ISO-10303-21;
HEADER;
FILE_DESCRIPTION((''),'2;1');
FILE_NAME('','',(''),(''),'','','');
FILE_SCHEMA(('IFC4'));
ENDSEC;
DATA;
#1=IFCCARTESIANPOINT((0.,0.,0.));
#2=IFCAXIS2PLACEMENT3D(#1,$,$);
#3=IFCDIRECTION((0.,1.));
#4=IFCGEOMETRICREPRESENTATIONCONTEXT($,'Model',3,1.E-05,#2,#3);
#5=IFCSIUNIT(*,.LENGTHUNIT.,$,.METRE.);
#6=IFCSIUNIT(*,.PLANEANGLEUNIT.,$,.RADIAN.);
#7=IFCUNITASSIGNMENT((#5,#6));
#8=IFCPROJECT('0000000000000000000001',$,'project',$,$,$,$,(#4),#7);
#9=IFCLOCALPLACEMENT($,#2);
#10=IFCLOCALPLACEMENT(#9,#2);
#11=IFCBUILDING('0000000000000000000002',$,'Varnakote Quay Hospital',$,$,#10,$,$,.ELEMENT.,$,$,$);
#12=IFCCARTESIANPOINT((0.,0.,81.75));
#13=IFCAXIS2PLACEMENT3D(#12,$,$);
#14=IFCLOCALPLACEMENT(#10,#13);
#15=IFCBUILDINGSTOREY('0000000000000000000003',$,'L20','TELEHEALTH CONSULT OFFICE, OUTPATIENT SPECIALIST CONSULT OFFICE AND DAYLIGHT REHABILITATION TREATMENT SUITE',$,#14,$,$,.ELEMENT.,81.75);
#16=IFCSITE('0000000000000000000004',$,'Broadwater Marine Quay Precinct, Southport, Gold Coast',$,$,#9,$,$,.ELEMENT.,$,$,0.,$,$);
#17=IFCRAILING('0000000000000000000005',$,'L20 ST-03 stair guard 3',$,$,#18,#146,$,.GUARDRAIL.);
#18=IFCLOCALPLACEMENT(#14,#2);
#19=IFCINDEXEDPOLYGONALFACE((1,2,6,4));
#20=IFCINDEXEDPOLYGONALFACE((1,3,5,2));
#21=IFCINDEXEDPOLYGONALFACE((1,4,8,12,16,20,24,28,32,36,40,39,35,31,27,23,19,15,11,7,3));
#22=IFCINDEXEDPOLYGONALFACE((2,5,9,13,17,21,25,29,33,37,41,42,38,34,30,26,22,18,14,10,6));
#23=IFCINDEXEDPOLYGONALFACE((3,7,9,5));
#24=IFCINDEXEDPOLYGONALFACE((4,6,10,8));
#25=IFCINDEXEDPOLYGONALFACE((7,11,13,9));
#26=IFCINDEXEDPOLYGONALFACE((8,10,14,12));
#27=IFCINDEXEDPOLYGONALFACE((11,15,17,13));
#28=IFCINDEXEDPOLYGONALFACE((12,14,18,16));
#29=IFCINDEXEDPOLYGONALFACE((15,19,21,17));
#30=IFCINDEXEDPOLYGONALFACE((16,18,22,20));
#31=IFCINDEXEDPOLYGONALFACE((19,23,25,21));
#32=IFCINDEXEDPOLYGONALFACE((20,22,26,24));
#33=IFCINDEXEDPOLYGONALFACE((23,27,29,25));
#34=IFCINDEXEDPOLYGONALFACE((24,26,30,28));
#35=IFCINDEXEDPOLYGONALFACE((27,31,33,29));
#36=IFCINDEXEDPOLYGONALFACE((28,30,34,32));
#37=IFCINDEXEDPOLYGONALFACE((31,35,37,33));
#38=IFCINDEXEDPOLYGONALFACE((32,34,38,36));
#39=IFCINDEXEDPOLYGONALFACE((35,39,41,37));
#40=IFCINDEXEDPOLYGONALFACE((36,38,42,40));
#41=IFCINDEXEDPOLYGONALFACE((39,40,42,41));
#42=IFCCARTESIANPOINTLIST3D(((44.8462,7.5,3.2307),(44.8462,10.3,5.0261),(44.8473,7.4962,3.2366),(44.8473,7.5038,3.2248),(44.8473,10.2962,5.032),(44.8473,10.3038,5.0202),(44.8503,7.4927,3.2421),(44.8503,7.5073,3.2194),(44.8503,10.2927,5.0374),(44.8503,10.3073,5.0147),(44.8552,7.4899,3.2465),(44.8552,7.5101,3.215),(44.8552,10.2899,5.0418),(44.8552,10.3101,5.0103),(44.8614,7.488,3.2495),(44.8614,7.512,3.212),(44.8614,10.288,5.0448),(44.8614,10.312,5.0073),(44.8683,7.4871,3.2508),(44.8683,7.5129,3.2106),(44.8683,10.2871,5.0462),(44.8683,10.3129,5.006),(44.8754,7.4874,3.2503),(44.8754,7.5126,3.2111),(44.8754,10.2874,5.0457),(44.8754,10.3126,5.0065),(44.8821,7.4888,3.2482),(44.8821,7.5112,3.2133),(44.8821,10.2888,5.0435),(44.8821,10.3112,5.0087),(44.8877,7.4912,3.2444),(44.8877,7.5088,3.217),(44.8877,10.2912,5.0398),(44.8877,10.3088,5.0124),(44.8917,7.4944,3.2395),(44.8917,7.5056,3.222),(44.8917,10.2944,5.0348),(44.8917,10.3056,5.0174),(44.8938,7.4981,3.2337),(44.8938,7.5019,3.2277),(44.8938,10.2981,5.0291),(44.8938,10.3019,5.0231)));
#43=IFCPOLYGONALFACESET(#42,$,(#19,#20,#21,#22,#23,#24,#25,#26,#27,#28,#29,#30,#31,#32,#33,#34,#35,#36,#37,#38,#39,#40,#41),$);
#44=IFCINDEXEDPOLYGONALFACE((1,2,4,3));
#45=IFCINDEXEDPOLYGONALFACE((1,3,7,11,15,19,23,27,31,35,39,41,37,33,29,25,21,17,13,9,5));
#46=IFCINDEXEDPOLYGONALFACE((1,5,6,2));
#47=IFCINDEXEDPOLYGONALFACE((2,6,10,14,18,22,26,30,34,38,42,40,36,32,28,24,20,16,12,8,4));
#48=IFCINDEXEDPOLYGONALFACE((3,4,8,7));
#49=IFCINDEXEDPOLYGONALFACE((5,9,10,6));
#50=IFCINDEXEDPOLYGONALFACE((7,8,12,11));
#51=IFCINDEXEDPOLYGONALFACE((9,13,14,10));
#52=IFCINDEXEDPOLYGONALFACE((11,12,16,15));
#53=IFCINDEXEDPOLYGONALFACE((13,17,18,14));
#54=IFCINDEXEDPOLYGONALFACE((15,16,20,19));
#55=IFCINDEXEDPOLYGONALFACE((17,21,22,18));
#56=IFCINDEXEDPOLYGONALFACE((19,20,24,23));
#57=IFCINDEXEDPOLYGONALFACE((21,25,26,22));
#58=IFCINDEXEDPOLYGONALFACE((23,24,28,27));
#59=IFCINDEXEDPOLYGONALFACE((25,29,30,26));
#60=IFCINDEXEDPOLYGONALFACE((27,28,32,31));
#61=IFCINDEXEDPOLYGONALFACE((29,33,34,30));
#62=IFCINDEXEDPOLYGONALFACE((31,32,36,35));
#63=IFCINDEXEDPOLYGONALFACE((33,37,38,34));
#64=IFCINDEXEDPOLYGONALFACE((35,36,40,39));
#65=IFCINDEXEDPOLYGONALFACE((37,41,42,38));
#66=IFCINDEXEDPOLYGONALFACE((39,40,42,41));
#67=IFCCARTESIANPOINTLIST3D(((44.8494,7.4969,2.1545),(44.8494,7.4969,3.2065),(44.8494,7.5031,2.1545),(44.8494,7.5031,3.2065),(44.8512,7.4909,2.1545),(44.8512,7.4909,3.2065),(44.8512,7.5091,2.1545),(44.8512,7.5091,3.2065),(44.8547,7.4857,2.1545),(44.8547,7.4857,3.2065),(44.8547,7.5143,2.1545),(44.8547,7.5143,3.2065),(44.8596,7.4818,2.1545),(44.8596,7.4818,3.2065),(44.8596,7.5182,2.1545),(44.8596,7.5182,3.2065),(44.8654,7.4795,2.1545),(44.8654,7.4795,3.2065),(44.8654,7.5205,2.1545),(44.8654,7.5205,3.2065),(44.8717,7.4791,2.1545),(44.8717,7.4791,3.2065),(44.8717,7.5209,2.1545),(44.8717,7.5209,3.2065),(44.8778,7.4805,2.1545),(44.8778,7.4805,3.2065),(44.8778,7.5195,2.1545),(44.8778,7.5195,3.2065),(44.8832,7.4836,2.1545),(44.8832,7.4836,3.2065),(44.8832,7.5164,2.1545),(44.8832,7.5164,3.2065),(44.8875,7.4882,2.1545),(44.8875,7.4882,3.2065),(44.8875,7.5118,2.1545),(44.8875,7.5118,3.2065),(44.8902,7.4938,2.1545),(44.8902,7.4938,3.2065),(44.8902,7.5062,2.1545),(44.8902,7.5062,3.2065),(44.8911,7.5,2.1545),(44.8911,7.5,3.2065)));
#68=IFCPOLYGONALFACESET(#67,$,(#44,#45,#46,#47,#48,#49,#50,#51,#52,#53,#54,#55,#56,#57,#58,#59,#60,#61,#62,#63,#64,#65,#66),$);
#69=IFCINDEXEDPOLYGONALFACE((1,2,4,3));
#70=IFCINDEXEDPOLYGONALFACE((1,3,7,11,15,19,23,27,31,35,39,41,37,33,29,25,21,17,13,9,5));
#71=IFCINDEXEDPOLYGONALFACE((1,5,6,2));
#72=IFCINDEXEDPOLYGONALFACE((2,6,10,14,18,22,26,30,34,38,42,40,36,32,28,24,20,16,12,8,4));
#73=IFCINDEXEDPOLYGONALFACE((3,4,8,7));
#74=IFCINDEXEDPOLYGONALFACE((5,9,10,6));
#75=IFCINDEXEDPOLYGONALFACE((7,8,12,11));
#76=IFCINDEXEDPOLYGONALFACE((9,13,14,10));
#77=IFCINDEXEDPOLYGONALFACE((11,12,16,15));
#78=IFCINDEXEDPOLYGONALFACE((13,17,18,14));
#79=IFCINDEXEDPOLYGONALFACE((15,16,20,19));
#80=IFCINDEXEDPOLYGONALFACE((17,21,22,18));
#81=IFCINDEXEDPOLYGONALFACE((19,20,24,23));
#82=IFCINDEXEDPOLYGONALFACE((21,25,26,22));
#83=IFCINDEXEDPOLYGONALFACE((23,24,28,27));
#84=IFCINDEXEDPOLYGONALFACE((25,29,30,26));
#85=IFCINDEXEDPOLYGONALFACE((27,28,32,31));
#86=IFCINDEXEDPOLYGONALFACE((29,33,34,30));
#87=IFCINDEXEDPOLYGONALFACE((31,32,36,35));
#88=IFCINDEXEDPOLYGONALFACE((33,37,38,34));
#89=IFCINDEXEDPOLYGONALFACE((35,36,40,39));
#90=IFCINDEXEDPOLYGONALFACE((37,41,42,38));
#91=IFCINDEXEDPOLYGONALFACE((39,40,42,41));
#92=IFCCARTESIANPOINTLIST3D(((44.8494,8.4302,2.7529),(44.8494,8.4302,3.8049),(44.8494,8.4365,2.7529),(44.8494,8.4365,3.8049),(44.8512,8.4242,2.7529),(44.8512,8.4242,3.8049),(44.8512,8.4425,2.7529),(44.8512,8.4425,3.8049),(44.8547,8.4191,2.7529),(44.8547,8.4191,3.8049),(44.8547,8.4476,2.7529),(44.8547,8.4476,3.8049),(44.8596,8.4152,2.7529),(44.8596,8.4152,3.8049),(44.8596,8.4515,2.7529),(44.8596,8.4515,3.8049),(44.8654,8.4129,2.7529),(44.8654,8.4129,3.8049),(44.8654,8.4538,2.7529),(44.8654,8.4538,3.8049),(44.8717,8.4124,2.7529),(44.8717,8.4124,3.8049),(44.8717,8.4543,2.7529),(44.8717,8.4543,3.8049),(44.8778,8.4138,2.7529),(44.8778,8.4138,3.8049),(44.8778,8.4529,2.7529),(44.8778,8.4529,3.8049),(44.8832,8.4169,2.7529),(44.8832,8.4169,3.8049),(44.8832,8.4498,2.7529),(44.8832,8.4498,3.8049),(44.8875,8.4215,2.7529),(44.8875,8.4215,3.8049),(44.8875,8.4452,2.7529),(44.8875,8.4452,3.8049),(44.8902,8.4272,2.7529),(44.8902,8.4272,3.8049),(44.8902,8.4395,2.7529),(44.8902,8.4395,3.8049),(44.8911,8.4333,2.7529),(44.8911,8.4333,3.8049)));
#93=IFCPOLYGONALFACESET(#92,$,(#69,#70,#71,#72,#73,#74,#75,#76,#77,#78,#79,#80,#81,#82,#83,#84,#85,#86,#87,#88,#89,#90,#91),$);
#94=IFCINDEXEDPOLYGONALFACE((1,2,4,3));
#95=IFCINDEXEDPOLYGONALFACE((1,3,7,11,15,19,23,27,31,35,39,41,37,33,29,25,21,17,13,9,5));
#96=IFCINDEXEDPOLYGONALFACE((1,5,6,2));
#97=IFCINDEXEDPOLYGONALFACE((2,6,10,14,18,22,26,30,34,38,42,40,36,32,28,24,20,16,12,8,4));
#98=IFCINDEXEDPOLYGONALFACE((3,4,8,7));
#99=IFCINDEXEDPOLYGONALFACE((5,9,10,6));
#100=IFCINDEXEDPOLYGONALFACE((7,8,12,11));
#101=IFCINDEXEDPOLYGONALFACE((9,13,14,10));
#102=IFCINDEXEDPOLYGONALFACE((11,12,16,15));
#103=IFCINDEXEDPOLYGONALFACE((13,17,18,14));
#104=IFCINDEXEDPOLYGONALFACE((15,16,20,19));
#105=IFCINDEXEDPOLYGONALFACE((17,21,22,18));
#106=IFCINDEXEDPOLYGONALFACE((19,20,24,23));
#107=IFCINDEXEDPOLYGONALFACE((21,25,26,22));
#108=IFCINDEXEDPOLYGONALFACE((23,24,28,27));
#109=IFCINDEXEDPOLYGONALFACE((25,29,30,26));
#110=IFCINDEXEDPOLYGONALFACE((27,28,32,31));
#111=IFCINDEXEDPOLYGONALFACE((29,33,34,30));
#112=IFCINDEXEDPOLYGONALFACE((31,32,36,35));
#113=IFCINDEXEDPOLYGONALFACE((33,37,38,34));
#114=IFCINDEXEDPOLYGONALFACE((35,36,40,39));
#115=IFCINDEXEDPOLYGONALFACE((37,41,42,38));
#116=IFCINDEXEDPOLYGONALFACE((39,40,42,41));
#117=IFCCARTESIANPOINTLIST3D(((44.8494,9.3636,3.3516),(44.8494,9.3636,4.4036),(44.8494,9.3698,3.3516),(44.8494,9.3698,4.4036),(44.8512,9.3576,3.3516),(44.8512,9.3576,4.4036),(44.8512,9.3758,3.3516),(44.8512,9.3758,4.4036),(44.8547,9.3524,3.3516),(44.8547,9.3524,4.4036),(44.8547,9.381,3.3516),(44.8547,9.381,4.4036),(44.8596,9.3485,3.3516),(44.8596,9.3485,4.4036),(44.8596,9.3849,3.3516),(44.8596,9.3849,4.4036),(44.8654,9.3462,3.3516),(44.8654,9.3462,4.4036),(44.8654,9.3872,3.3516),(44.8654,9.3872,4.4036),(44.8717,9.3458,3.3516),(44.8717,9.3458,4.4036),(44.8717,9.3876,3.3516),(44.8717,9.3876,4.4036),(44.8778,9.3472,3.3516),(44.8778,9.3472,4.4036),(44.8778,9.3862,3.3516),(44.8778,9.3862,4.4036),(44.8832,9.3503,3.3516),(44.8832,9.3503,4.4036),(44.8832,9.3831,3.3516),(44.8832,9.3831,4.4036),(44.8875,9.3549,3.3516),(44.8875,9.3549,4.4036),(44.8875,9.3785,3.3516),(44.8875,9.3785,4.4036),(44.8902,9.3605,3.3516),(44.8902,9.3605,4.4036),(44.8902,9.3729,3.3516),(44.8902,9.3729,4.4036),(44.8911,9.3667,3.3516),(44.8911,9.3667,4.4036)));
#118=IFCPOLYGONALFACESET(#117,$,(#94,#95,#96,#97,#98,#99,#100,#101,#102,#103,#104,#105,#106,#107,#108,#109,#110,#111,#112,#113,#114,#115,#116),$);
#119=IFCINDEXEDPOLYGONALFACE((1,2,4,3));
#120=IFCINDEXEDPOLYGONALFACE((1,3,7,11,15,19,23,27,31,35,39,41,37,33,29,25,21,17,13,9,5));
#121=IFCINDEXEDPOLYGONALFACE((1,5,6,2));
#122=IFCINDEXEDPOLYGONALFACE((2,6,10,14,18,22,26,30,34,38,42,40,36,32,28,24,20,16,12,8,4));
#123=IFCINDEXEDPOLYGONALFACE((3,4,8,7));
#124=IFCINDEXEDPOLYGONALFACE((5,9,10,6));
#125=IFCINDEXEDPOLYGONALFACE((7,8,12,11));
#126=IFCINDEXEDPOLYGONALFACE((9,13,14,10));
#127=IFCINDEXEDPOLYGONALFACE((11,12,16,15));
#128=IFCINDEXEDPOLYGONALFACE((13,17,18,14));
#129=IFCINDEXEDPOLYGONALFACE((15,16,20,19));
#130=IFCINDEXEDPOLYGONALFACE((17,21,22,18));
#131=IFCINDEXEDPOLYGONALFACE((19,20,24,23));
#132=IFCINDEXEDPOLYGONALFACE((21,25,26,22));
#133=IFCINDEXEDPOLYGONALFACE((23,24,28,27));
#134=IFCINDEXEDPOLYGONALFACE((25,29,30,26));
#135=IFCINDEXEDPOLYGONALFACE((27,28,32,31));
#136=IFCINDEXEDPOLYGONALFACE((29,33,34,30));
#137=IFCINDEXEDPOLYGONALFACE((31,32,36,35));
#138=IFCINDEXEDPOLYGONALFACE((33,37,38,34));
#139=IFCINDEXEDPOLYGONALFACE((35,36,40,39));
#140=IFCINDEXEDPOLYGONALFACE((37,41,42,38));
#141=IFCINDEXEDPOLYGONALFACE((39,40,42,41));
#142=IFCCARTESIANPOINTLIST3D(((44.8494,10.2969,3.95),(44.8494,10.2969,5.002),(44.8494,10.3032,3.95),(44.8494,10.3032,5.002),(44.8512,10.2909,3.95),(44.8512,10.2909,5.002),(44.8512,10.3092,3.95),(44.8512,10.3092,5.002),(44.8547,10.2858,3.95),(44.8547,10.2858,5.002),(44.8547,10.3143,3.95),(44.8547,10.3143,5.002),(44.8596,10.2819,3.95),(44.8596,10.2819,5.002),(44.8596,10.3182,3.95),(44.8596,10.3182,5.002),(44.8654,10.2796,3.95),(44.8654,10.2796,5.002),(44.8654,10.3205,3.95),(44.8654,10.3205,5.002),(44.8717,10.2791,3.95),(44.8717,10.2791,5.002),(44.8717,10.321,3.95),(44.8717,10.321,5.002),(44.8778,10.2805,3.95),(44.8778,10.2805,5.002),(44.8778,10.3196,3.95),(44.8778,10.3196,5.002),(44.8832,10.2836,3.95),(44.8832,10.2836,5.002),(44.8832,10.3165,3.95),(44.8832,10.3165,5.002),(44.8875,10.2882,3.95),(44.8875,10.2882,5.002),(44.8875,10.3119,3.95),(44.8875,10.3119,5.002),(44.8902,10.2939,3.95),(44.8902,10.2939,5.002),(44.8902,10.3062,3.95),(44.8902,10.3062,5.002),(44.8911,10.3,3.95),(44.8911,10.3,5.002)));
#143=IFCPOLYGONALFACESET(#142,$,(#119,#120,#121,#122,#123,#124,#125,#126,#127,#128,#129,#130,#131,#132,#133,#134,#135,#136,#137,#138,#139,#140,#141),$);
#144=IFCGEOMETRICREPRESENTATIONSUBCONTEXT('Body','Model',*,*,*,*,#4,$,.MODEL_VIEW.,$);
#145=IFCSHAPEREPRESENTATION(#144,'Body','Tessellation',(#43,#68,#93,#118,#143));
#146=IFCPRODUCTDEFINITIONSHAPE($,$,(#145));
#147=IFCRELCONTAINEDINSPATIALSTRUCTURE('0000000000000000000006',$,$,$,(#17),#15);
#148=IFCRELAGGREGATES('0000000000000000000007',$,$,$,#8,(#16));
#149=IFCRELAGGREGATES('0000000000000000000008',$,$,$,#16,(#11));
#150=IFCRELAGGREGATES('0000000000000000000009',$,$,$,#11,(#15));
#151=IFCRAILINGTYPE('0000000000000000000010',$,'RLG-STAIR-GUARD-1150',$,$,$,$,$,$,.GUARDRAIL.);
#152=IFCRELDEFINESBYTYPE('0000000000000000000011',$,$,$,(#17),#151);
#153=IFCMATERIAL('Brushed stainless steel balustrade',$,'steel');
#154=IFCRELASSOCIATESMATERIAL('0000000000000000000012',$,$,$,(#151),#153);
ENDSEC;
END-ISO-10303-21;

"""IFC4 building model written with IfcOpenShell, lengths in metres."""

from ifc_helpers import new_model, si_unit, direction, frame, origin, origin_2d, place, context, subcontext, project, spatial, circle, extrude, material, type_object, element, save


model = new_model("IFC4")

# Units and contexts
model_context = context("Model", 3, precision=1e-05, world=origin(), true_north=direction((0.0, 1.0)))
body_context = subcontext(model_context, "Body", "Model", "MODEL_VIEW")
ifc_project = project(units=[si_unit("LENGTHUNIT", "METRE"), si_unit("PLANEANGLEUNIT", "RADIAN")], contexts=[model_context])

# Site, building, storey
site_placement = place(None, origin())
site = spatial("IfcSite", under=ifc_project, at=site_placement, Name="Broadwater Marine Quay Precinct, Southport, Gold Coast", CompositionType="ELEMENT", RefElevation=0.0)
building_placement = place(site_placement, origin())
building = spatial("IfcBuilding", under=site, at=building_placement, Name="Varnakote Quay Hospital", CompositionType="ELEMENT")
storey_placement = place(building_placement, frame((0.0, 0.0, 81.75)))
storey = spatial("IfcBuildingStorey", under=building, at=storey_placement, Name="L20", Description="TELEHEALTH CONSULT OFFICE, OUTPATIENT SPECIALIST CONSULT OFFICE AND DAYLIGHT REHABILITATION TREATMENT SUITE", CompositionType="ELEMENT", Elevation=81.75)

# Railing
ifc_material_1 = material(Name="Brushed stainless steel balustrade", Category="steel")
railing_type_1 = type_object("IfcRailingType", Name="RLG-STAIR-GUARD-1150", PredefinedType="GUARDRAIL", material=ifc_material_1)
railing_1_placement = place(storey_placement, frame((44.8701, 7.5, 2.1545)))
element("IfcRailing", 1, at=railing_1_placement, inside=storey, type_object=railing_type_1, Name="L20 ST-03 stair guard 3", PredefinedType="GUARDRAIL", context=body_context, shape_type="SweptSolid", body=[
    extrude(circle(Radius=0.0239, at=origin_2d()), frame((0.0, 0.0, 1.0762), z_axis=(0.0, 0.84181, 0.539774), x_axis=(-1.0, 0.0, 0.0)), (0.0, 0.0, 1.0), 3.3262),
    extrude(circle(Radius=0.021, at=origin_2d()), origin(), (0.0, 0.0, 1.0), 1.052),
    extrude(circle(Radius=0.021, at=origin_2d()), frame((0.0, 0.9333, 0.5984)), (0.0, 0.0, 1.0), 1.052),
    extrude(circle(Radius=0.021, at=origin_2d()), frame((0.0, 1.8667, 1.197)), (0.0, 0.0, 1.0), 1.052),
    extrude(circle(Radius=0.021, at=origin_2d()), frame((0.0, 2.8, 1.7954)), (0.0, 0.0, 1.0), 1.052),
])

save(model, "model.ifc")
